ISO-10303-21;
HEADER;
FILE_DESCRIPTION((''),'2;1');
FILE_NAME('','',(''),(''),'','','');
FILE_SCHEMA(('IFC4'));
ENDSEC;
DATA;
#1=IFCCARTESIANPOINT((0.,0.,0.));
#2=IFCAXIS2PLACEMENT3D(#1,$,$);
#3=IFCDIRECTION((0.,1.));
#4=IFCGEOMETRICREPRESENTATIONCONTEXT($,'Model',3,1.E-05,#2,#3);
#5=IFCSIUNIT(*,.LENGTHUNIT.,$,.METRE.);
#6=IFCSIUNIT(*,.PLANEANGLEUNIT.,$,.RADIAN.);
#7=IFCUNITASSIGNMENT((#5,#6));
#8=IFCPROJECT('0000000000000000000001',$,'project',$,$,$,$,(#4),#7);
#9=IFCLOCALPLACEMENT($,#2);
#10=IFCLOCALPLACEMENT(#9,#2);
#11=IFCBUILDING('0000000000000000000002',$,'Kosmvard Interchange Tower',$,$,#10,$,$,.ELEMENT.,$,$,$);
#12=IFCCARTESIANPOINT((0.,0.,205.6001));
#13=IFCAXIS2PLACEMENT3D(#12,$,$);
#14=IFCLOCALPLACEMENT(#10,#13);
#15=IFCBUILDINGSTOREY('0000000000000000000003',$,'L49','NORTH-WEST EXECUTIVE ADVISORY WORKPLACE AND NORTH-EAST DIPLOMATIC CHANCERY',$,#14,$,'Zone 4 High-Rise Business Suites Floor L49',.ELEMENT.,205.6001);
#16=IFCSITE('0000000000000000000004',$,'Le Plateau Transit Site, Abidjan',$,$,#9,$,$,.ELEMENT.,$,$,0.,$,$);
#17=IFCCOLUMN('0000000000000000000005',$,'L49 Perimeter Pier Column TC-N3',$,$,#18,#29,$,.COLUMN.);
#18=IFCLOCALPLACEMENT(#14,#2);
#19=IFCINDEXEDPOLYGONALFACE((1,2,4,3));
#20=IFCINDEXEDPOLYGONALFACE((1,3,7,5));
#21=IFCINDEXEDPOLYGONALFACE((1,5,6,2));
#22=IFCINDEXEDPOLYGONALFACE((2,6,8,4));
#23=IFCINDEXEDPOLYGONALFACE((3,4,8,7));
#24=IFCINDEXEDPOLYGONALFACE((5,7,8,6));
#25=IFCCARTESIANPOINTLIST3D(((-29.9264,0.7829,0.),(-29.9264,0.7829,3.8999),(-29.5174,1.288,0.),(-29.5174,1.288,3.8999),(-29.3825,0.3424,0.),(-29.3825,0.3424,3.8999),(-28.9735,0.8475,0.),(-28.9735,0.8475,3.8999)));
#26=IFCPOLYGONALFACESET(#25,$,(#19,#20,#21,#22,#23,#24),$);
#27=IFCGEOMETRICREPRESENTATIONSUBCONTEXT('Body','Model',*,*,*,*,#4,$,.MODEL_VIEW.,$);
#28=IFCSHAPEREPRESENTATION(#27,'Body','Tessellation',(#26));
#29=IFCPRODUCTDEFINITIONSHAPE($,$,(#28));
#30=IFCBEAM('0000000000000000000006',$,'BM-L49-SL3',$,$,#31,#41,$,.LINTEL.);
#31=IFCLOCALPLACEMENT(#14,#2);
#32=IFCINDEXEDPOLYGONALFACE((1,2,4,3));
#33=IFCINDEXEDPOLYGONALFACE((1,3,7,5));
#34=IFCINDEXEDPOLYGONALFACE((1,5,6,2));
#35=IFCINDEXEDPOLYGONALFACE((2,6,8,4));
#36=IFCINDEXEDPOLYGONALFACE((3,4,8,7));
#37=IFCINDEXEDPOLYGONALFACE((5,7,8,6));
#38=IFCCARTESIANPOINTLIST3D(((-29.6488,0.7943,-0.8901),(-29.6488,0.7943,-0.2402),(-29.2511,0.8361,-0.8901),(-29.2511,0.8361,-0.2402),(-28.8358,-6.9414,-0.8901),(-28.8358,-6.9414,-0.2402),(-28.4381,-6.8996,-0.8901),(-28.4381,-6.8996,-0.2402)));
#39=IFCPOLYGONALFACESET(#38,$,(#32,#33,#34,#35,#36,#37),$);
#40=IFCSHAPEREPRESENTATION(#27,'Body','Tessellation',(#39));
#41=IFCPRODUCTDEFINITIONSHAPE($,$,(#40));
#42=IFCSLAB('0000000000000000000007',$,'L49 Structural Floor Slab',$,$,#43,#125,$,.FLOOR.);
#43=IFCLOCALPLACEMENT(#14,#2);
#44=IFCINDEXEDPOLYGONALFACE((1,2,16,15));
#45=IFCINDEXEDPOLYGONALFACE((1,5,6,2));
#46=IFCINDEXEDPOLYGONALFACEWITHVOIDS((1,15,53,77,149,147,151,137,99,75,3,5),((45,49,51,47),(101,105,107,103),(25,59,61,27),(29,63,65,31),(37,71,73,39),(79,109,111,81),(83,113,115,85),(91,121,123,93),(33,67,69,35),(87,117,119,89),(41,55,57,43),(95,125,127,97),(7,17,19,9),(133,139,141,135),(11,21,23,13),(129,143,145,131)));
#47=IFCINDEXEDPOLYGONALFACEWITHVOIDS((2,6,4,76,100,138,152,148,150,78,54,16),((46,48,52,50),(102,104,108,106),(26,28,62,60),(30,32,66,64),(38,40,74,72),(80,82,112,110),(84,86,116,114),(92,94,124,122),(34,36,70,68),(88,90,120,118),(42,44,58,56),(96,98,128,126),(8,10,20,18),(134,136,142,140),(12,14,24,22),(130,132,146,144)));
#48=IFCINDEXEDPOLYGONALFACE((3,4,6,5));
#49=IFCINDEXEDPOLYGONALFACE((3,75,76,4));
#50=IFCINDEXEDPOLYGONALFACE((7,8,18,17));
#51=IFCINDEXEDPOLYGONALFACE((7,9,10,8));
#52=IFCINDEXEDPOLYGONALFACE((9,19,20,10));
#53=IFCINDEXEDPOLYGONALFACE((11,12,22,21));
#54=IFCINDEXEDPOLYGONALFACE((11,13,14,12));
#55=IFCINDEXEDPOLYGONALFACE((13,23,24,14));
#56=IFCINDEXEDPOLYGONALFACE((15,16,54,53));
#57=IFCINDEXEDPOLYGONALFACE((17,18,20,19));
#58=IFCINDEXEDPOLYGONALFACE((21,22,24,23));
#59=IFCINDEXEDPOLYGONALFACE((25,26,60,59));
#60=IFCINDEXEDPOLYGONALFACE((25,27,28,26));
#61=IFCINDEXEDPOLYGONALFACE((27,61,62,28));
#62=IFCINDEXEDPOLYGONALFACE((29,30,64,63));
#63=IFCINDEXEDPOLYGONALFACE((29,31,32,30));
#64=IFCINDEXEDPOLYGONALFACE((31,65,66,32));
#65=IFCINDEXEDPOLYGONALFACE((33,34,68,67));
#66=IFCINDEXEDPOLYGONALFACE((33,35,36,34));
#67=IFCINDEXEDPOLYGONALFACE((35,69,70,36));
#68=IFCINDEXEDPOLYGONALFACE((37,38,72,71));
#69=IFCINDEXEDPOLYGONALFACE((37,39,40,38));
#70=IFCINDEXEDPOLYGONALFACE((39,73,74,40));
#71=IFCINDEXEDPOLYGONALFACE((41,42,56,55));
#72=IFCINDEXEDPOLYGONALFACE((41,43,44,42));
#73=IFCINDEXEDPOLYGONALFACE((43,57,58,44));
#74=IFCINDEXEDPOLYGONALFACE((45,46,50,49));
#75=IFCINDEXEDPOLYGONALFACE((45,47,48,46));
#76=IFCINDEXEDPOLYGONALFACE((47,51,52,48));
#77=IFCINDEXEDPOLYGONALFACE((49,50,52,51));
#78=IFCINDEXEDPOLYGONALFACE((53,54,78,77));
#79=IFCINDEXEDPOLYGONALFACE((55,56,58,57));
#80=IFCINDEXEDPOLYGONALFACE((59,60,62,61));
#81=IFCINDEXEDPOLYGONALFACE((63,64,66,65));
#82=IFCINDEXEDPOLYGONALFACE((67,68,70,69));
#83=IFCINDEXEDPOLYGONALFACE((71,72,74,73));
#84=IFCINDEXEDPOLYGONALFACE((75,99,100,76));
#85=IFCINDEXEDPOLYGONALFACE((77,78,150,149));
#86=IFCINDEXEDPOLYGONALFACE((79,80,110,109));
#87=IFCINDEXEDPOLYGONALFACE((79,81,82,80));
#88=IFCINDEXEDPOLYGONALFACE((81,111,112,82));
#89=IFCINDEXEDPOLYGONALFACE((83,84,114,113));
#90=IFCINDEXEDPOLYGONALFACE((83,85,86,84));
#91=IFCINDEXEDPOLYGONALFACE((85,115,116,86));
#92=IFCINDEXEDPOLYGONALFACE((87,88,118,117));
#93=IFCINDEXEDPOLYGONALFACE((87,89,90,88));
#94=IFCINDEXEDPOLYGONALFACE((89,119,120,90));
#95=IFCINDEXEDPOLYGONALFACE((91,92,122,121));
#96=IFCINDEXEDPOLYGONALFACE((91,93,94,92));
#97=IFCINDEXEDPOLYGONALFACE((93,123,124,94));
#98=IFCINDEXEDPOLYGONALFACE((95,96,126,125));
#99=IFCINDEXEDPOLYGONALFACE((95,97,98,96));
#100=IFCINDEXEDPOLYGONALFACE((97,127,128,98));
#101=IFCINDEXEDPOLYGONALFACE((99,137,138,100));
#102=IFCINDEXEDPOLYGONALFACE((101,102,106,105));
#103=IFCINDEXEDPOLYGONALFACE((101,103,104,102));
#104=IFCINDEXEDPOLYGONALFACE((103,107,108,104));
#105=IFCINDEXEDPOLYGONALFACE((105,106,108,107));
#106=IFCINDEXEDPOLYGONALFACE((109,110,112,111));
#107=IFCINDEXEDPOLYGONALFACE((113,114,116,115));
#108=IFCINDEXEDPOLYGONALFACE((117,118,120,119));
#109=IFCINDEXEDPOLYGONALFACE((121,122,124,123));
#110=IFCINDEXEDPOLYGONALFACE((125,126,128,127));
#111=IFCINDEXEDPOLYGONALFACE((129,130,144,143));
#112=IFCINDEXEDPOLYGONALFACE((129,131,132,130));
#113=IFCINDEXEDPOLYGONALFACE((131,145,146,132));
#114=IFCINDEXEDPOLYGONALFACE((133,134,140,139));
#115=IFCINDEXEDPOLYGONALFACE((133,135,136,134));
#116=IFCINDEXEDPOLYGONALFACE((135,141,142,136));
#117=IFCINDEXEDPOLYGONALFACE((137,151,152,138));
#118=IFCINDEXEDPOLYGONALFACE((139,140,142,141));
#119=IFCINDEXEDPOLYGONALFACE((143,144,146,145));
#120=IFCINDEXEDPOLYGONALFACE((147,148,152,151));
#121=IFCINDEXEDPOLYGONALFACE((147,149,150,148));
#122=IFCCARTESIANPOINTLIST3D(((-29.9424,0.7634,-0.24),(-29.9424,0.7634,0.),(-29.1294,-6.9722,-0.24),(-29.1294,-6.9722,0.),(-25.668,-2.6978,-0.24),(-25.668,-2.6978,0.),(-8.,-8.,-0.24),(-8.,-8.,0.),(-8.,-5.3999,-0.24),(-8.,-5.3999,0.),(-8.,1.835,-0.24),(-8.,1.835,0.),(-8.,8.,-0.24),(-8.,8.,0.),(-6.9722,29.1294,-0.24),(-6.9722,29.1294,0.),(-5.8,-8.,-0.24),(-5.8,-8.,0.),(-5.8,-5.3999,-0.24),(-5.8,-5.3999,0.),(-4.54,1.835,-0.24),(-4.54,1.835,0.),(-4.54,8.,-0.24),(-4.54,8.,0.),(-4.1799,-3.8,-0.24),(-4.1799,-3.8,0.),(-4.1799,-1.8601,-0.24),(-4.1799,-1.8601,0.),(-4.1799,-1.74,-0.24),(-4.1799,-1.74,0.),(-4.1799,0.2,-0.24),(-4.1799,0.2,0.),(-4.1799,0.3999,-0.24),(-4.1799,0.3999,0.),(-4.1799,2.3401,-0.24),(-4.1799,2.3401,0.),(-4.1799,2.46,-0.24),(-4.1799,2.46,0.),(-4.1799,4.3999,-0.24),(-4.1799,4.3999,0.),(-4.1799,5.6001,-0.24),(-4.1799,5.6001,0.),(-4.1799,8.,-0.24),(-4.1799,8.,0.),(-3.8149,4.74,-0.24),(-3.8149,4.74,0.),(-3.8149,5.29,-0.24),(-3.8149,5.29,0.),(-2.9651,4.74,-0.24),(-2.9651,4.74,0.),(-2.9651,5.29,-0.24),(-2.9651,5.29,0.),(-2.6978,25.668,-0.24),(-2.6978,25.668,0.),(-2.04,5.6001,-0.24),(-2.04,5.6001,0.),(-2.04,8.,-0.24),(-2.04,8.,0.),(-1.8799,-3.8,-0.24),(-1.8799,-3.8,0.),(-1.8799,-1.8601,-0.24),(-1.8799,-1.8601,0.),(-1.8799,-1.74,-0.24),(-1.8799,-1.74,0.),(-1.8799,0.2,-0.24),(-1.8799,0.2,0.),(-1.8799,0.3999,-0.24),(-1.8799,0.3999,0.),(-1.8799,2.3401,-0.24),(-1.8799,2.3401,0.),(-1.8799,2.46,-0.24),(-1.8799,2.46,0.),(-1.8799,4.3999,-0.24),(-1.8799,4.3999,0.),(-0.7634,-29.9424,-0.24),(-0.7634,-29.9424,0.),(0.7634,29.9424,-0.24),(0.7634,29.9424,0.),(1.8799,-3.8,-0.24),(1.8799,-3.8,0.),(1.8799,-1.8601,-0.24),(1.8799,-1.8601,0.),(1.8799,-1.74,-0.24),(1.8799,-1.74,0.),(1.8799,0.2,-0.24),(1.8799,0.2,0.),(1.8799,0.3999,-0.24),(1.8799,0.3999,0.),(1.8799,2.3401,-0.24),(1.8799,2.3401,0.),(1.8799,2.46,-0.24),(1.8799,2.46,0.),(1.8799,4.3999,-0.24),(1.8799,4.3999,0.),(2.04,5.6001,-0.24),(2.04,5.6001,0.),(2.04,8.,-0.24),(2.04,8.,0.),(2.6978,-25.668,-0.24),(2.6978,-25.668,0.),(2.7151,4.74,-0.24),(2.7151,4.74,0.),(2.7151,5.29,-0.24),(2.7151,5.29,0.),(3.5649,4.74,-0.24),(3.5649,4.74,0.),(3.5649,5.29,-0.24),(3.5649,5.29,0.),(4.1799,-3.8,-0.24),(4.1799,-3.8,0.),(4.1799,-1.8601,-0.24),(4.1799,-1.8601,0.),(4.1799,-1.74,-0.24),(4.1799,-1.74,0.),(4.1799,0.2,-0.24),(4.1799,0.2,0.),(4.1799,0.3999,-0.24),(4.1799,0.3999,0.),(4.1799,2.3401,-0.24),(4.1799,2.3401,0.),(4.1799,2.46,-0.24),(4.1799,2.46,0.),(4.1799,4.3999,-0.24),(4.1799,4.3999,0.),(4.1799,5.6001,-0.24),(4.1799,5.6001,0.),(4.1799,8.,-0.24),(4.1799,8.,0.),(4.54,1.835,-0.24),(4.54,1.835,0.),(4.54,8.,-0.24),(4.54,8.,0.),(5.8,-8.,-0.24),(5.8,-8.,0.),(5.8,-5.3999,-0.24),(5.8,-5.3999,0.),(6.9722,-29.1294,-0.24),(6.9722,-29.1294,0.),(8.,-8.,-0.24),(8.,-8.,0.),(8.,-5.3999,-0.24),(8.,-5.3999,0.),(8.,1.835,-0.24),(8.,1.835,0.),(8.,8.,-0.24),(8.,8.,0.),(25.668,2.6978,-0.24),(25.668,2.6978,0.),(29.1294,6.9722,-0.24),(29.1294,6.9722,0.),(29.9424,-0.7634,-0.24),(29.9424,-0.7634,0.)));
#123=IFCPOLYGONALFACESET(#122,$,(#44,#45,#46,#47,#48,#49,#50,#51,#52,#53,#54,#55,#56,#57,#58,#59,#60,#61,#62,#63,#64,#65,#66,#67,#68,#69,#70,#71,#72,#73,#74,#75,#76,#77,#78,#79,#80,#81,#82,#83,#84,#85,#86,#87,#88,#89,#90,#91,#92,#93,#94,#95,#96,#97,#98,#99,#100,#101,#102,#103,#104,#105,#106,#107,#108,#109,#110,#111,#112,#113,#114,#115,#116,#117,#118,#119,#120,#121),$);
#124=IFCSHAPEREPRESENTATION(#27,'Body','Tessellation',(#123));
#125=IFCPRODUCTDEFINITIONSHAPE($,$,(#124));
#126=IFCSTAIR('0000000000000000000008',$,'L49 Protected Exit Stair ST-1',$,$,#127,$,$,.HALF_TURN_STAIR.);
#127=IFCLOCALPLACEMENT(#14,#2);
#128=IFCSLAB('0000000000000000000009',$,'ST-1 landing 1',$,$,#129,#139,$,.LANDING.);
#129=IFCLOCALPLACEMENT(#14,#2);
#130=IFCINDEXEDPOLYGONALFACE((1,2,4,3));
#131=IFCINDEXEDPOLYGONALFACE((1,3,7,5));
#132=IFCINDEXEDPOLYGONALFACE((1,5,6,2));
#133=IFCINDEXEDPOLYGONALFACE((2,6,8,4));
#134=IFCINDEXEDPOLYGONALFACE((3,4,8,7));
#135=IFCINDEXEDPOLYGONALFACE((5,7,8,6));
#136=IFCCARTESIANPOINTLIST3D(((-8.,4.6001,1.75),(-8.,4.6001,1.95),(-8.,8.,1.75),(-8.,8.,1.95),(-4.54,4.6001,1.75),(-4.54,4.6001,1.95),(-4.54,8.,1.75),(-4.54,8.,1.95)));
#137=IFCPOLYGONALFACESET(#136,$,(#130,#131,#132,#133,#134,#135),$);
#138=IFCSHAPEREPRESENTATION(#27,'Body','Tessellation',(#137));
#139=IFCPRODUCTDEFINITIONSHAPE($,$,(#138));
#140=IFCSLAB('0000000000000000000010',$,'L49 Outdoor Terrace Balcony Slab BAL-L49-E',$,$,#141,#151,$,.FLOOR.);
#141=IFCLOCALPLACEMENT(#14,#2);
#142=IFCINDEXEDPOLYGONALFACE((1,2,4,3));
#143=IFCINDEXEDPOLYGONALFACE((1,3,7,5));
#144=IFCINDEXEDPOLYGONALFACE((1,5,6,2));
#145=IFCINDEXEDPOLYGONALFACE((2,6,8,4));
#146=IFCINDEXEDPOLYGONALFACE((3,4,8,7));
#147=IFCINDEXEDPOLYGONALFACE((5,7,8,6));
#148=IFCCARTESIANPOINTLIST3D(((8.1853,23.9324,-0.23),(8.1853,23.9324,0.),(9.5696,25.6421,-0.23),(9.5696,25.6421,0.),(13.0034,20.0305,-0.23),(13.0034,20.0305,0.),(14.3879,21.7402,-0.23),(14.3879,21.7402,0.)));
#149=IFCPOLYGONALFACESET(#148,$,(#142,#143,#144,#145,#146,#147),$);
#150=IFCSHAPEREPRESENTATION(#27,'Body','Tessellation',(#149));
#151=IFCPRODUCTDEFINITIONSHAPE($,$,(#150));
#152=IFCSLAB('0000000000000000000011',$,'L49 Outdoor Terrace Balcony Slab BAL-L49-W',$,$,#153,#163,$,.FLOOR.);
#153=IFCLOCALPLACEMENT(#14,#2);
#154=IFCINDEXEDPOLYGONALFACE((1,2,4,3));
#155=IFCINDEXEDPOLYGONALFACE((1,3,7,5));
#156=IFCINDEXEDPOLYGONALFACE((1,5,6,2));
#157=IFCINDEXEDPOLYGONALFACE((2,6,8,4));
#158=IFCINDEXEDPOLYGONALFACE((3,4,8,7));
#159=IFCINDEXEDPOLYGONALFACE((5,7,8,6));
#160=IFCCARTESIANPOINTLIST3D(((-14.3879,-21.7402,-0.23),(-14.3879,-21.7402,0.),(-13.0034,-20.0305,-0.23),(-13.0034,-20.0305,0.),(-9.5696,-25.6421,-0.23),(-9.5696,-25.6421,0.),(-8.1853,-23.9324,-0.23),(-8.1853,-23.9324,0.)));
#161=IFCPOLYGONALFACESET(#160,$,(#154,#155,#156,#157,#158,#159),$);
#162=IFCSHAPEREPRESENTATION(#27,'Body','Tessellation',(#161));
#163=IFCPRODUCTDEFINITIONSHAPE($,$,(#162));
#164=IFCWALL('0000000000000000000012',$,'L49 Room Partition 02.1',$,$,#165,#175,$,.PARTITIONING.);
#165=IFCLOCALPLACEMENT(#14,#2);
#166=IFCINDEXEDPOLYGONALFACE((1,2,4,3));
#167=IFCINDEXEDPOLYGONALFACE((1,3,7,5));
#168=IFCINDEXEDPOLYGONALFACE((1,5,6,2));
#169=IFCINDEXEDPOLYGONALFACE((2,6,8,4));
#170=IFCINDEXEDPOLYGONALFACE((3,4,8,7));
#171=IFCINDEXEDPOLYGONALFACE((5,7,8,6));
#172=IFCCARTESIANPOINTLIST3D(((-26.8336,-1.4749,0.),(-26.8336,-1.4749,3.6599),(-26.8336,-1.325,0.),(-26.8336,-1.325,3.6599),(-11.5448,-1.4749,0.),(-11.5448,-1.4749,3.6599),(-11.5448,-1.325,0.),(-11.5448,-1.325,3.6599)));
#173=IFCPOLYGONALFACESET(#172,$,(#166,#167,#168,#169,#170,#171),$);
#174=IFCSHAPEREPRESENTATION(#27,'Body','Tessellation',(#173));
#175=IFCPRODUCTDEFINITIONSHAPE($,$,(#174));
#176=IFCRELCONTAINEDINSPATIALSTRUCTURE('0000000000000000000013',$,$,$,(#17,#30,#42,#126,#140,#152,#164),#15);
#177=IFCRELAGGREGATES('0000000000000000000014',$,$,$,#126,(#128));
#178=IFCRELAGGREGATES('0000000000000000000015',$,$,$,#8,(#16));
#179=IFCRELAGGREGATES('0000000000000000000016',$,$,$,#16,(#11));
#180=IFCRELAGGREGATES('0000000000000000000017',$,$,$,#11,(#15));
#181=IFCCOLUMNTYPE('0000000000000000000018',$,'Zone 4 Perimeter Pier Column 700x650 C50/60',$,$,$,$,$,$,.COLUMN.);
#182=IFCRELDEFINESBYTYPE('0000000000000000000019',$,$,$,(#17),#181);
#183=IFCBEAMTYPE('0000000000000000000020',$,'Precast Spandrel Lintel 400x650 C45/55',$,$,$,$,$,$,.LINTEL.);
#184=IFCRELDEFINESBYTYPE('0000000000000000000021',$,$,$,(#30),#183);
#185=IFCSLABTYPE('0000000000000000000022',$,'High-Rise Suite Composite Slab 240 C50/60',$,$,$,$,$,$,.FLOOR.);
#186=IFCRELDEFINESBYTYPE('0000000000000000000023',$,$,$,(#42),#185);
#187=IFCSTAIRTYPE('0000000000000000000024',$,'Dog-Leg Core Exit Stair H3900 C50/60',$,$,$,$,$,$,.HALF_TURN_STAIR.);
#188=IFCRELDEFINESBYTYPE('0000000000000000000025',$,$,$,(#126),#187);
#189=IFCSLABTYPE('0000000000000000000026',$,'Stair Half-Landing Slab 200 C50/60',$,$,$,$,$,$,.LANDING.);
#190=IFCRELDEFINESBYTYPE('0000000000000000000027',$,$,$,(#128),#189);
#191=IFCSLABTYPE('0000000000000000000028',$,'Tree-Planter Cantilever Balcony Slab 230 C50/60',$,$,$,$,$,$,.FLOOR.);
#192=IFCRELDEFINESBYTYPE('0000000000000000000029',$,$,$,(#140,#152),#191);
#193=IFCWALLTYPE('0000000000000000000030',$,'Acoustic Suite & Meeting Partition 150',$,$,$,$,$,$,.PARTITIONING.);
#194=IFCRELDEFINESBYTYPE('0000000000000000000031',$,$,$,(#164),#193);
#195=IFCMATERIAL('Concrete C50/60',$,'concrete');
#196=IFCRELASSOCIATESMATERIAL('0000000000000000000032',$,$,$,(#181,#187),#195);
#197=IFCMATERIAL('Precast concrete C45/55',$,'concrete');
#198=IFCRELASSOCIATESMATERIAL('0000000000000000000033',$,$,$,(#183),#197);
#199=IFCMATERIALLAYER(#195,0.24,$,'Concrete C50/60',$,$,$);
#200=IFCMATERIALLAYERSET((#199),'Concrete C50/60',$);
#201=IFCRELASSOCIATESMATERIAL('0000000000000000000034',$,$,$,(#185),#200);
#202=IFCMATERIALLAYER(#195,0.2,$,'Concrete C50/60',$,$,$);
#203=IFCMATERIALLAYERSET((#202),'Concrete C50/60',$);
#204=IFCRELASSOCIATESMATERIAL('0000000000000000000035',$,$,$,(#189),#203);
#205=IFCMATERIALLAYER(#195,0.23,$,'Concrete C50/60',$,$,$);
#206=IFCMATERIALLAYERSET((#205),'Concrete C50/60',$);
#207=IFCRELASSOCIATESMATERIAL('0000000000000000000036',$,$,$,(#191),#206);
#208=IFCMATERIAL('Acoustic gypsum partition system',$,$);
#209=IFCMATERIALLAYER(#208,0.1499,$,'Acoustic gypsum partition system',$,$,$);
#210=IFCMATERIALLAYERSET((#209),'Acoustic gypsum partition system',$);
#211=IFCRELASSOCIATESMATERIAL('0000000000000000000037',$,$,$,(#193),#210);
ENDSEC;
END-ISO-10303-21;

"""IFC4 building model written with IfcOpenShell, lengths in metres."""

from ifc_helpers import new_model, si_unit, direction, frame, frame_2d, origin, origin_2d, place, context, subcontext, project, spatial, polyline, rectangle, outline, extrude, source, transform, mapped, material, layer, layer_set, material_profile, profile_set, type_object, element, aggregate, save


model = new_model("IFC4")

# Units and contexts
model_context = context("Model", 3, precision=1e-05, world=origin(), true_north=direction((0.0, 1.0)))
body_context = subcontext(model_context, "Body", "Model", "MODEL_VIEW")
ifc_project = project(units=[si_unit("LENGTHUNIT", "METRE"), si_unit("PLANEANGLEUNIT", "RADIAN")], contexts=[model_context])

# Site, building, storey
site_placement = place(None, origin())
site = spatial("IfcSite", under=ifc_project, at=site_placement, Name="Le Plateau Transit Site, Abidjan", CompositionType="ELEMENT", RefElevation=0.0)
building_placement = place(site_placement, origin())
building = spatial("IfcBuilding", under=site, at=building_placement, Name="Kosmvard Interchange Tower", CompositionType="ELEMENT")
storey_placement = place(building_placement, frame((0.0, 0.0, 205.6001)))
storey = spatial("IfcBuildingStorey", under=building, at=storey_placement, Name="L49", Description="NORTH-WEST EXECUTIVE ADVISORY WORKPLACE AND NORTH-EAST DIPLOMATIC CHANCERY", LongName="Zone 4 High-Rise Business Suites Floor L49", CompositionType="ELEMENT", Elevation=205.6001)

# Column
ifc_material_1 = material(Name="Concrete C50/60", Category="concrete")
ifc_material_profile_1 = material_profile(ifc_material_1, rectangle(XDim=0.6499, YDim=0.7, at=origin_2d()), Name="TC 700x650")
ifc_profile_set_1 = profile_set([ifc_material_profile_1], Name="Concrete C50/60")
column_type = type_object("IfcColumnType", Name="Zone 4 Perimeter Pier Column 700x650 C50/60", PredefinedType="COLUMN", material=ifc_profile_set_1)
shared_shape_1 = source(origin(), body_context, "Body", "SweptSolid", [
    extrude(rectangle(XDim=0.6499, YDim=0.7, at=origin_2d()), origin(), (0.0, 0.0, 1.0), 3.8999),
])
column_placement = place(storey_placement, frame((-29.45, 0.8152, 0.0), z_axis=(0.0, 0.0, 1.0), x_axis=(0.62932, 0.777146, 0.0)))
element("IfcColumn", 1, at=column_placement, inside=storey, type_object=column_type, Name="L49 Perimeter Pier Column TC-N3", PredefinedType="COLUMN", context=body_context, shape_type="MappedRepresentation", body=[
    mapped(shared_shape_1, transform((0.0, 0.0, 0.0), scale=1.0)),
])

# Beam
ifc_material_2 = material(Name="Precast concrete C45/55", Category="concrete")
ifc_material_profile_2 = material_profile(ifc_material_2, rectangle(XDim=0.3999, YDim=0.6499, at=origin_2d()), Name="SL 400x650")
ifc_profile_set_2 = profile_set([ifc_material_profile_2], Name="Precast concrete C45/55")
beam_type = type_object("IfcBeamType", Name="Precast Spandrel Lintel 400x650 C45/55", PredefinedType="LINTEL", material=ifc_profile_set_2)
shared_shape_2 = source(origin(), body_context, "Body", "SweptSolid", [
    extrude(rectangle(XDim=0.3999, YDim=0.6499, at=origin_2d()), origin(), (0.0, 0.0, 1.0), 7.7783),
])
beam_placement = place(storey_placement, frame((-29.45, 0.8152, -0.5652), z_axis=(0.104521, -0.994523, 0.0), x_axis=(0.994523, 0.104521, 0.0)))
element("IfcBeam", 2, at=beam_placement, inside=storey, type_object=beam_type, Name="BM-L49-SL3", PredefinedType="LINTEL", context=body_context, shape_type="MappedRepresentation", body=[
    mapped(shared_shape_2, transform((0.0, 0.0, 0.0), scale=1.0)),
])

# Slab
ifc_layer_1 = layer(ifc_material_1, 0.24, Name="Concrete C50/60")
ifc_layer_set_1 = layer_set([ifc_layer_1], Name="Concrete C50/60")
slab_type_1 = type_object("IfcSlabType", Name="High-Rise Suite Composite Slab 240 C50/60", PredefinedType="FLOOR", material=ifc_layer_set_1)
slab_1_placement = place(storey_placement, frame((0.0, 0.0, -0.24)))
element("IfcSlab", 3, at=slab_1_placement, inside=storey, type_object=slab_type_1, Name="L49 Structural Floor Slab", PredefinedType="FLOOR", context=body_context, shape_type="SweptSolid", body=[
    extrude(outline(polyline([(6.9722, -29.1294), (29.9424, -0.7634), (25.668, 2.6978), (29.1294, 6.9722), (0.7634, 29.9424), (-2.6978, 25.668), (-6.9722, 29.1294), (-29.9424, 0.7634), (-25.668, -2.6978), (-29.1294, -6.9722), (-0.7634, -29.9424), (2.6978, -25.668), (6.9722, -29.1294)]), holes=[polyline([(-8.0, 1.835), (-4.54, 1.835), (-4.54, 8.0), (-8.0, 8.0), (-8.0, 1.835)]), polyline([(4.54, 1.835), (8.0, 1.835), (8.0, 8.0), (4.54, 8.0), (4.54, 1.835)]), polyline([(-8.0, -8.0), (-5.8, -8.0), (-5.8, -5.3999), (-8.0, -5.3999), (-8.0, -8.0)]), polyline([(5.8, -8.0), (8.0, -8.0), (8.0, -5.3999), (5.8, -5.3999), (5.8, -8.0)]), polyline([(-4.1799, -3.8), (-1.8799, -3.8), (-1.8799, -1.8601), (-4.1799, -1.8601), (-4.1799, -3.8)]), polyline([(-4.1799, -1.74), (-1.8799, -1.74), (-1.8799, 0.2), (-4.1799, 0.2), (-4.1799, -1.74)]), polyline([(1.8799, -3.8), (4.1799, -3.8), (4.1799, -1.8601), (1.8799, -1.8601), (1.8799, -3.8)]), polyline([(1.8799, -1.74), (4.1799, -1.74), (4.1799, 0.2), (1.8799, 0.2), (1.8799, -1.74)]), polyline([(-4.1799, 0.3999), (-1.8799, 0.3999), (-1.8799, 2.3401), (-4.1799, 2.3401), (-4.1799, 0.3999)]), polyline([(-4.1799, 2.46), (-1.8799, 2.46), (-1.8799, 4.3999), (-4.1799, 4.3999), (-4.1799, 2.46)]), polyline([(1.8799, 0.3999), (4.1799, 0.3999), (4.1799, 2.3401), (1.8799, 2.3401), (1.8799, 0.3999)]), polyline([(1.8799, 2.46), (4.1799, 2.46), (4.1799, 4.3999), (1.8799, 4.3999), (1.8799, 2.46)]), polyline([(-4.1799, 5.6001), (-2.04, 5.6001), (-2.04, 8.0), (-4.1799, 8.0), (-4.1799, 5.6001)]), polyline([(2.04, 5.6001), (4.1799, 5.6001), (4.1799, 8.0), (2.04, 8.0), (2.04, 5.6001)]), polyline([(-3.8149, 4.74), (-2.9651, 4.74), (-2.9651, 5.29), (-3.8149, 5.29), (-3.8149, 4.74)]), polyline([(2.7151, 4.74), (3.5649, 4.74), (3.5649, 5.29), (2.7151, 5.29), (2.7151, 4.74)])]), origin(), (0.0, 0.0, 1.0), 0.24),
])

# Stair, slab
stair_type = type_object("IfcStairType", Name="Dog-Leg Core Exit Stair H3900 C50/60", PredefinedType="HALF_TURN_STAIR", material=ifc_material_1)
stair_placement = place(storey_placement, origin())
stair = element("IfcStair", 4, at=stair_placement, inside=storey, type_object=stair_type, Name="L49 Protected Exit Stair ST-1", PredefinedType="HALF_TURN_STAIR")
ifc_layer_2 = layer(ifc_material_1, 0.2, Name="Concrete C50/60")
ifc_layer_set_2 = layer_set([ifc_layer_2], Name="Concrete C50/60")
slab_type_2 = type_object("IfcSlabType", Name="Stair Half-Landing Slab 200 C50/60", PredefinedType="LANDING", material=ifc_layer_set_2)
slab_2_placement = place(storey_placement, frame((0.0, 0.0, 1.75)))
slab_2 = element("IfcSlab", 5, at=slab_2_placement, type_object=slab_type_2, Name="ST-1 landing 1", PredefinedType="LANDING", context=body_context, shape_type="SweptSolid", body=[
    extrude(outline(polyline([(-4.54, 4.6001), (-4.54, 8.0), (-8.0, 8.0), (-8.0, 4.6001), (-4.54, 4.6001)])), origin(), (0.0, 0.0, 1.0), 0.2),
])

# Slabs
ifc_layer_3 = layer(ifc_material_1, 0.23, Name="Concrete C50/60")
ifc_layer_set_3 = layer_set([ifc_layer_3], Name="Concrete C50/60")
slab_type_3 = type_object("IfcSlabType", Name="Tree-Planter Cantilever Balcony Slab 230 C50/60", PredefinedType="FLOOR", material=ifc_layer_set_3)
slab_3_placement = place(storey_placement, frame((0.0, 0.0, -0.23)))
element("IfcSlab", 6, at=slab_3_placement, inside=storey, type_object=slab_type_3, Name="L49 Outdoor Terrace Balcony Slab BAL-L49-E", PredefinedType="FLOOR", context=body_context, shape_type="SweptSolid", body=[
    extrude(outline(polyline([(13.0034, 20.0305), (14.3879, 21.7402), (9.5696, 25.6421), (8.1853, 23.9324), (13.0034, 20.0305)])), origin(), (0.0, 0.0, 1.0), 0.23),
])
slab_4_placement = place(storey_placement, frame((0.0, 0.0, -0.23)))
element("IfcSlab", 7, at=slab_4_placement, inside=storey, type_object=slab_type_3, Name="L49 Outdoor Terrace Balcony Slab BAL-L49-W", PredefinedType="FLOOR", context=body_context, shape_type="SweptSolid", body=[
    extrude(outline(polyline([(-9.5696, -25.6421), (-8.1853, -23.9324), (-13.0034, -20.0305), (-14.3879, -21.7402), (-9.5696, -25.6421)])), origin(), (0.0, 0.0, 1.0), 0.23),
])

# Wall
ifc_material_3 = material(Name="Acoustic gypsum partition system")
ifc_layer_4 = layer(ifc_material_3, 0.1499, Name="Acoustic gypsum partition system")
ifc_layer_set_4 = layer_set([ifc_layer_4], Name="Acoustic gypsum partition system")
wall_type_1 = type_object("IfcWallType", Name="Acoustic Suite & Meeting Partition 150", PredefinedType="PARTITIONING", material=ifc_layer_set_4)
wall_1_placement = place(storey_placement, frame((-26.8337, -1.3999, 0.0), z_axis=(0.0, 0.0, 1.0), x_axis=(1.0, 0.0, 0.0)))
element("IfcWall", 8, at=wall_1_placement, inside=storey, type_object=wall_type_1, Name="L49 Room Partition 02.1", PredefinedType="PARTITIONING", context=body_context, shape_type="SweptSolid", body=[
    extrude(rectangle(XDim=15.2888, YDim=0.1499, at=frame_2d((7.6445, 0.0))), origin(), (0.0, 0.0, 1.0), 3.6599),
])

aggregate(stair, [slab_2])

save(model, "model.ifc")
